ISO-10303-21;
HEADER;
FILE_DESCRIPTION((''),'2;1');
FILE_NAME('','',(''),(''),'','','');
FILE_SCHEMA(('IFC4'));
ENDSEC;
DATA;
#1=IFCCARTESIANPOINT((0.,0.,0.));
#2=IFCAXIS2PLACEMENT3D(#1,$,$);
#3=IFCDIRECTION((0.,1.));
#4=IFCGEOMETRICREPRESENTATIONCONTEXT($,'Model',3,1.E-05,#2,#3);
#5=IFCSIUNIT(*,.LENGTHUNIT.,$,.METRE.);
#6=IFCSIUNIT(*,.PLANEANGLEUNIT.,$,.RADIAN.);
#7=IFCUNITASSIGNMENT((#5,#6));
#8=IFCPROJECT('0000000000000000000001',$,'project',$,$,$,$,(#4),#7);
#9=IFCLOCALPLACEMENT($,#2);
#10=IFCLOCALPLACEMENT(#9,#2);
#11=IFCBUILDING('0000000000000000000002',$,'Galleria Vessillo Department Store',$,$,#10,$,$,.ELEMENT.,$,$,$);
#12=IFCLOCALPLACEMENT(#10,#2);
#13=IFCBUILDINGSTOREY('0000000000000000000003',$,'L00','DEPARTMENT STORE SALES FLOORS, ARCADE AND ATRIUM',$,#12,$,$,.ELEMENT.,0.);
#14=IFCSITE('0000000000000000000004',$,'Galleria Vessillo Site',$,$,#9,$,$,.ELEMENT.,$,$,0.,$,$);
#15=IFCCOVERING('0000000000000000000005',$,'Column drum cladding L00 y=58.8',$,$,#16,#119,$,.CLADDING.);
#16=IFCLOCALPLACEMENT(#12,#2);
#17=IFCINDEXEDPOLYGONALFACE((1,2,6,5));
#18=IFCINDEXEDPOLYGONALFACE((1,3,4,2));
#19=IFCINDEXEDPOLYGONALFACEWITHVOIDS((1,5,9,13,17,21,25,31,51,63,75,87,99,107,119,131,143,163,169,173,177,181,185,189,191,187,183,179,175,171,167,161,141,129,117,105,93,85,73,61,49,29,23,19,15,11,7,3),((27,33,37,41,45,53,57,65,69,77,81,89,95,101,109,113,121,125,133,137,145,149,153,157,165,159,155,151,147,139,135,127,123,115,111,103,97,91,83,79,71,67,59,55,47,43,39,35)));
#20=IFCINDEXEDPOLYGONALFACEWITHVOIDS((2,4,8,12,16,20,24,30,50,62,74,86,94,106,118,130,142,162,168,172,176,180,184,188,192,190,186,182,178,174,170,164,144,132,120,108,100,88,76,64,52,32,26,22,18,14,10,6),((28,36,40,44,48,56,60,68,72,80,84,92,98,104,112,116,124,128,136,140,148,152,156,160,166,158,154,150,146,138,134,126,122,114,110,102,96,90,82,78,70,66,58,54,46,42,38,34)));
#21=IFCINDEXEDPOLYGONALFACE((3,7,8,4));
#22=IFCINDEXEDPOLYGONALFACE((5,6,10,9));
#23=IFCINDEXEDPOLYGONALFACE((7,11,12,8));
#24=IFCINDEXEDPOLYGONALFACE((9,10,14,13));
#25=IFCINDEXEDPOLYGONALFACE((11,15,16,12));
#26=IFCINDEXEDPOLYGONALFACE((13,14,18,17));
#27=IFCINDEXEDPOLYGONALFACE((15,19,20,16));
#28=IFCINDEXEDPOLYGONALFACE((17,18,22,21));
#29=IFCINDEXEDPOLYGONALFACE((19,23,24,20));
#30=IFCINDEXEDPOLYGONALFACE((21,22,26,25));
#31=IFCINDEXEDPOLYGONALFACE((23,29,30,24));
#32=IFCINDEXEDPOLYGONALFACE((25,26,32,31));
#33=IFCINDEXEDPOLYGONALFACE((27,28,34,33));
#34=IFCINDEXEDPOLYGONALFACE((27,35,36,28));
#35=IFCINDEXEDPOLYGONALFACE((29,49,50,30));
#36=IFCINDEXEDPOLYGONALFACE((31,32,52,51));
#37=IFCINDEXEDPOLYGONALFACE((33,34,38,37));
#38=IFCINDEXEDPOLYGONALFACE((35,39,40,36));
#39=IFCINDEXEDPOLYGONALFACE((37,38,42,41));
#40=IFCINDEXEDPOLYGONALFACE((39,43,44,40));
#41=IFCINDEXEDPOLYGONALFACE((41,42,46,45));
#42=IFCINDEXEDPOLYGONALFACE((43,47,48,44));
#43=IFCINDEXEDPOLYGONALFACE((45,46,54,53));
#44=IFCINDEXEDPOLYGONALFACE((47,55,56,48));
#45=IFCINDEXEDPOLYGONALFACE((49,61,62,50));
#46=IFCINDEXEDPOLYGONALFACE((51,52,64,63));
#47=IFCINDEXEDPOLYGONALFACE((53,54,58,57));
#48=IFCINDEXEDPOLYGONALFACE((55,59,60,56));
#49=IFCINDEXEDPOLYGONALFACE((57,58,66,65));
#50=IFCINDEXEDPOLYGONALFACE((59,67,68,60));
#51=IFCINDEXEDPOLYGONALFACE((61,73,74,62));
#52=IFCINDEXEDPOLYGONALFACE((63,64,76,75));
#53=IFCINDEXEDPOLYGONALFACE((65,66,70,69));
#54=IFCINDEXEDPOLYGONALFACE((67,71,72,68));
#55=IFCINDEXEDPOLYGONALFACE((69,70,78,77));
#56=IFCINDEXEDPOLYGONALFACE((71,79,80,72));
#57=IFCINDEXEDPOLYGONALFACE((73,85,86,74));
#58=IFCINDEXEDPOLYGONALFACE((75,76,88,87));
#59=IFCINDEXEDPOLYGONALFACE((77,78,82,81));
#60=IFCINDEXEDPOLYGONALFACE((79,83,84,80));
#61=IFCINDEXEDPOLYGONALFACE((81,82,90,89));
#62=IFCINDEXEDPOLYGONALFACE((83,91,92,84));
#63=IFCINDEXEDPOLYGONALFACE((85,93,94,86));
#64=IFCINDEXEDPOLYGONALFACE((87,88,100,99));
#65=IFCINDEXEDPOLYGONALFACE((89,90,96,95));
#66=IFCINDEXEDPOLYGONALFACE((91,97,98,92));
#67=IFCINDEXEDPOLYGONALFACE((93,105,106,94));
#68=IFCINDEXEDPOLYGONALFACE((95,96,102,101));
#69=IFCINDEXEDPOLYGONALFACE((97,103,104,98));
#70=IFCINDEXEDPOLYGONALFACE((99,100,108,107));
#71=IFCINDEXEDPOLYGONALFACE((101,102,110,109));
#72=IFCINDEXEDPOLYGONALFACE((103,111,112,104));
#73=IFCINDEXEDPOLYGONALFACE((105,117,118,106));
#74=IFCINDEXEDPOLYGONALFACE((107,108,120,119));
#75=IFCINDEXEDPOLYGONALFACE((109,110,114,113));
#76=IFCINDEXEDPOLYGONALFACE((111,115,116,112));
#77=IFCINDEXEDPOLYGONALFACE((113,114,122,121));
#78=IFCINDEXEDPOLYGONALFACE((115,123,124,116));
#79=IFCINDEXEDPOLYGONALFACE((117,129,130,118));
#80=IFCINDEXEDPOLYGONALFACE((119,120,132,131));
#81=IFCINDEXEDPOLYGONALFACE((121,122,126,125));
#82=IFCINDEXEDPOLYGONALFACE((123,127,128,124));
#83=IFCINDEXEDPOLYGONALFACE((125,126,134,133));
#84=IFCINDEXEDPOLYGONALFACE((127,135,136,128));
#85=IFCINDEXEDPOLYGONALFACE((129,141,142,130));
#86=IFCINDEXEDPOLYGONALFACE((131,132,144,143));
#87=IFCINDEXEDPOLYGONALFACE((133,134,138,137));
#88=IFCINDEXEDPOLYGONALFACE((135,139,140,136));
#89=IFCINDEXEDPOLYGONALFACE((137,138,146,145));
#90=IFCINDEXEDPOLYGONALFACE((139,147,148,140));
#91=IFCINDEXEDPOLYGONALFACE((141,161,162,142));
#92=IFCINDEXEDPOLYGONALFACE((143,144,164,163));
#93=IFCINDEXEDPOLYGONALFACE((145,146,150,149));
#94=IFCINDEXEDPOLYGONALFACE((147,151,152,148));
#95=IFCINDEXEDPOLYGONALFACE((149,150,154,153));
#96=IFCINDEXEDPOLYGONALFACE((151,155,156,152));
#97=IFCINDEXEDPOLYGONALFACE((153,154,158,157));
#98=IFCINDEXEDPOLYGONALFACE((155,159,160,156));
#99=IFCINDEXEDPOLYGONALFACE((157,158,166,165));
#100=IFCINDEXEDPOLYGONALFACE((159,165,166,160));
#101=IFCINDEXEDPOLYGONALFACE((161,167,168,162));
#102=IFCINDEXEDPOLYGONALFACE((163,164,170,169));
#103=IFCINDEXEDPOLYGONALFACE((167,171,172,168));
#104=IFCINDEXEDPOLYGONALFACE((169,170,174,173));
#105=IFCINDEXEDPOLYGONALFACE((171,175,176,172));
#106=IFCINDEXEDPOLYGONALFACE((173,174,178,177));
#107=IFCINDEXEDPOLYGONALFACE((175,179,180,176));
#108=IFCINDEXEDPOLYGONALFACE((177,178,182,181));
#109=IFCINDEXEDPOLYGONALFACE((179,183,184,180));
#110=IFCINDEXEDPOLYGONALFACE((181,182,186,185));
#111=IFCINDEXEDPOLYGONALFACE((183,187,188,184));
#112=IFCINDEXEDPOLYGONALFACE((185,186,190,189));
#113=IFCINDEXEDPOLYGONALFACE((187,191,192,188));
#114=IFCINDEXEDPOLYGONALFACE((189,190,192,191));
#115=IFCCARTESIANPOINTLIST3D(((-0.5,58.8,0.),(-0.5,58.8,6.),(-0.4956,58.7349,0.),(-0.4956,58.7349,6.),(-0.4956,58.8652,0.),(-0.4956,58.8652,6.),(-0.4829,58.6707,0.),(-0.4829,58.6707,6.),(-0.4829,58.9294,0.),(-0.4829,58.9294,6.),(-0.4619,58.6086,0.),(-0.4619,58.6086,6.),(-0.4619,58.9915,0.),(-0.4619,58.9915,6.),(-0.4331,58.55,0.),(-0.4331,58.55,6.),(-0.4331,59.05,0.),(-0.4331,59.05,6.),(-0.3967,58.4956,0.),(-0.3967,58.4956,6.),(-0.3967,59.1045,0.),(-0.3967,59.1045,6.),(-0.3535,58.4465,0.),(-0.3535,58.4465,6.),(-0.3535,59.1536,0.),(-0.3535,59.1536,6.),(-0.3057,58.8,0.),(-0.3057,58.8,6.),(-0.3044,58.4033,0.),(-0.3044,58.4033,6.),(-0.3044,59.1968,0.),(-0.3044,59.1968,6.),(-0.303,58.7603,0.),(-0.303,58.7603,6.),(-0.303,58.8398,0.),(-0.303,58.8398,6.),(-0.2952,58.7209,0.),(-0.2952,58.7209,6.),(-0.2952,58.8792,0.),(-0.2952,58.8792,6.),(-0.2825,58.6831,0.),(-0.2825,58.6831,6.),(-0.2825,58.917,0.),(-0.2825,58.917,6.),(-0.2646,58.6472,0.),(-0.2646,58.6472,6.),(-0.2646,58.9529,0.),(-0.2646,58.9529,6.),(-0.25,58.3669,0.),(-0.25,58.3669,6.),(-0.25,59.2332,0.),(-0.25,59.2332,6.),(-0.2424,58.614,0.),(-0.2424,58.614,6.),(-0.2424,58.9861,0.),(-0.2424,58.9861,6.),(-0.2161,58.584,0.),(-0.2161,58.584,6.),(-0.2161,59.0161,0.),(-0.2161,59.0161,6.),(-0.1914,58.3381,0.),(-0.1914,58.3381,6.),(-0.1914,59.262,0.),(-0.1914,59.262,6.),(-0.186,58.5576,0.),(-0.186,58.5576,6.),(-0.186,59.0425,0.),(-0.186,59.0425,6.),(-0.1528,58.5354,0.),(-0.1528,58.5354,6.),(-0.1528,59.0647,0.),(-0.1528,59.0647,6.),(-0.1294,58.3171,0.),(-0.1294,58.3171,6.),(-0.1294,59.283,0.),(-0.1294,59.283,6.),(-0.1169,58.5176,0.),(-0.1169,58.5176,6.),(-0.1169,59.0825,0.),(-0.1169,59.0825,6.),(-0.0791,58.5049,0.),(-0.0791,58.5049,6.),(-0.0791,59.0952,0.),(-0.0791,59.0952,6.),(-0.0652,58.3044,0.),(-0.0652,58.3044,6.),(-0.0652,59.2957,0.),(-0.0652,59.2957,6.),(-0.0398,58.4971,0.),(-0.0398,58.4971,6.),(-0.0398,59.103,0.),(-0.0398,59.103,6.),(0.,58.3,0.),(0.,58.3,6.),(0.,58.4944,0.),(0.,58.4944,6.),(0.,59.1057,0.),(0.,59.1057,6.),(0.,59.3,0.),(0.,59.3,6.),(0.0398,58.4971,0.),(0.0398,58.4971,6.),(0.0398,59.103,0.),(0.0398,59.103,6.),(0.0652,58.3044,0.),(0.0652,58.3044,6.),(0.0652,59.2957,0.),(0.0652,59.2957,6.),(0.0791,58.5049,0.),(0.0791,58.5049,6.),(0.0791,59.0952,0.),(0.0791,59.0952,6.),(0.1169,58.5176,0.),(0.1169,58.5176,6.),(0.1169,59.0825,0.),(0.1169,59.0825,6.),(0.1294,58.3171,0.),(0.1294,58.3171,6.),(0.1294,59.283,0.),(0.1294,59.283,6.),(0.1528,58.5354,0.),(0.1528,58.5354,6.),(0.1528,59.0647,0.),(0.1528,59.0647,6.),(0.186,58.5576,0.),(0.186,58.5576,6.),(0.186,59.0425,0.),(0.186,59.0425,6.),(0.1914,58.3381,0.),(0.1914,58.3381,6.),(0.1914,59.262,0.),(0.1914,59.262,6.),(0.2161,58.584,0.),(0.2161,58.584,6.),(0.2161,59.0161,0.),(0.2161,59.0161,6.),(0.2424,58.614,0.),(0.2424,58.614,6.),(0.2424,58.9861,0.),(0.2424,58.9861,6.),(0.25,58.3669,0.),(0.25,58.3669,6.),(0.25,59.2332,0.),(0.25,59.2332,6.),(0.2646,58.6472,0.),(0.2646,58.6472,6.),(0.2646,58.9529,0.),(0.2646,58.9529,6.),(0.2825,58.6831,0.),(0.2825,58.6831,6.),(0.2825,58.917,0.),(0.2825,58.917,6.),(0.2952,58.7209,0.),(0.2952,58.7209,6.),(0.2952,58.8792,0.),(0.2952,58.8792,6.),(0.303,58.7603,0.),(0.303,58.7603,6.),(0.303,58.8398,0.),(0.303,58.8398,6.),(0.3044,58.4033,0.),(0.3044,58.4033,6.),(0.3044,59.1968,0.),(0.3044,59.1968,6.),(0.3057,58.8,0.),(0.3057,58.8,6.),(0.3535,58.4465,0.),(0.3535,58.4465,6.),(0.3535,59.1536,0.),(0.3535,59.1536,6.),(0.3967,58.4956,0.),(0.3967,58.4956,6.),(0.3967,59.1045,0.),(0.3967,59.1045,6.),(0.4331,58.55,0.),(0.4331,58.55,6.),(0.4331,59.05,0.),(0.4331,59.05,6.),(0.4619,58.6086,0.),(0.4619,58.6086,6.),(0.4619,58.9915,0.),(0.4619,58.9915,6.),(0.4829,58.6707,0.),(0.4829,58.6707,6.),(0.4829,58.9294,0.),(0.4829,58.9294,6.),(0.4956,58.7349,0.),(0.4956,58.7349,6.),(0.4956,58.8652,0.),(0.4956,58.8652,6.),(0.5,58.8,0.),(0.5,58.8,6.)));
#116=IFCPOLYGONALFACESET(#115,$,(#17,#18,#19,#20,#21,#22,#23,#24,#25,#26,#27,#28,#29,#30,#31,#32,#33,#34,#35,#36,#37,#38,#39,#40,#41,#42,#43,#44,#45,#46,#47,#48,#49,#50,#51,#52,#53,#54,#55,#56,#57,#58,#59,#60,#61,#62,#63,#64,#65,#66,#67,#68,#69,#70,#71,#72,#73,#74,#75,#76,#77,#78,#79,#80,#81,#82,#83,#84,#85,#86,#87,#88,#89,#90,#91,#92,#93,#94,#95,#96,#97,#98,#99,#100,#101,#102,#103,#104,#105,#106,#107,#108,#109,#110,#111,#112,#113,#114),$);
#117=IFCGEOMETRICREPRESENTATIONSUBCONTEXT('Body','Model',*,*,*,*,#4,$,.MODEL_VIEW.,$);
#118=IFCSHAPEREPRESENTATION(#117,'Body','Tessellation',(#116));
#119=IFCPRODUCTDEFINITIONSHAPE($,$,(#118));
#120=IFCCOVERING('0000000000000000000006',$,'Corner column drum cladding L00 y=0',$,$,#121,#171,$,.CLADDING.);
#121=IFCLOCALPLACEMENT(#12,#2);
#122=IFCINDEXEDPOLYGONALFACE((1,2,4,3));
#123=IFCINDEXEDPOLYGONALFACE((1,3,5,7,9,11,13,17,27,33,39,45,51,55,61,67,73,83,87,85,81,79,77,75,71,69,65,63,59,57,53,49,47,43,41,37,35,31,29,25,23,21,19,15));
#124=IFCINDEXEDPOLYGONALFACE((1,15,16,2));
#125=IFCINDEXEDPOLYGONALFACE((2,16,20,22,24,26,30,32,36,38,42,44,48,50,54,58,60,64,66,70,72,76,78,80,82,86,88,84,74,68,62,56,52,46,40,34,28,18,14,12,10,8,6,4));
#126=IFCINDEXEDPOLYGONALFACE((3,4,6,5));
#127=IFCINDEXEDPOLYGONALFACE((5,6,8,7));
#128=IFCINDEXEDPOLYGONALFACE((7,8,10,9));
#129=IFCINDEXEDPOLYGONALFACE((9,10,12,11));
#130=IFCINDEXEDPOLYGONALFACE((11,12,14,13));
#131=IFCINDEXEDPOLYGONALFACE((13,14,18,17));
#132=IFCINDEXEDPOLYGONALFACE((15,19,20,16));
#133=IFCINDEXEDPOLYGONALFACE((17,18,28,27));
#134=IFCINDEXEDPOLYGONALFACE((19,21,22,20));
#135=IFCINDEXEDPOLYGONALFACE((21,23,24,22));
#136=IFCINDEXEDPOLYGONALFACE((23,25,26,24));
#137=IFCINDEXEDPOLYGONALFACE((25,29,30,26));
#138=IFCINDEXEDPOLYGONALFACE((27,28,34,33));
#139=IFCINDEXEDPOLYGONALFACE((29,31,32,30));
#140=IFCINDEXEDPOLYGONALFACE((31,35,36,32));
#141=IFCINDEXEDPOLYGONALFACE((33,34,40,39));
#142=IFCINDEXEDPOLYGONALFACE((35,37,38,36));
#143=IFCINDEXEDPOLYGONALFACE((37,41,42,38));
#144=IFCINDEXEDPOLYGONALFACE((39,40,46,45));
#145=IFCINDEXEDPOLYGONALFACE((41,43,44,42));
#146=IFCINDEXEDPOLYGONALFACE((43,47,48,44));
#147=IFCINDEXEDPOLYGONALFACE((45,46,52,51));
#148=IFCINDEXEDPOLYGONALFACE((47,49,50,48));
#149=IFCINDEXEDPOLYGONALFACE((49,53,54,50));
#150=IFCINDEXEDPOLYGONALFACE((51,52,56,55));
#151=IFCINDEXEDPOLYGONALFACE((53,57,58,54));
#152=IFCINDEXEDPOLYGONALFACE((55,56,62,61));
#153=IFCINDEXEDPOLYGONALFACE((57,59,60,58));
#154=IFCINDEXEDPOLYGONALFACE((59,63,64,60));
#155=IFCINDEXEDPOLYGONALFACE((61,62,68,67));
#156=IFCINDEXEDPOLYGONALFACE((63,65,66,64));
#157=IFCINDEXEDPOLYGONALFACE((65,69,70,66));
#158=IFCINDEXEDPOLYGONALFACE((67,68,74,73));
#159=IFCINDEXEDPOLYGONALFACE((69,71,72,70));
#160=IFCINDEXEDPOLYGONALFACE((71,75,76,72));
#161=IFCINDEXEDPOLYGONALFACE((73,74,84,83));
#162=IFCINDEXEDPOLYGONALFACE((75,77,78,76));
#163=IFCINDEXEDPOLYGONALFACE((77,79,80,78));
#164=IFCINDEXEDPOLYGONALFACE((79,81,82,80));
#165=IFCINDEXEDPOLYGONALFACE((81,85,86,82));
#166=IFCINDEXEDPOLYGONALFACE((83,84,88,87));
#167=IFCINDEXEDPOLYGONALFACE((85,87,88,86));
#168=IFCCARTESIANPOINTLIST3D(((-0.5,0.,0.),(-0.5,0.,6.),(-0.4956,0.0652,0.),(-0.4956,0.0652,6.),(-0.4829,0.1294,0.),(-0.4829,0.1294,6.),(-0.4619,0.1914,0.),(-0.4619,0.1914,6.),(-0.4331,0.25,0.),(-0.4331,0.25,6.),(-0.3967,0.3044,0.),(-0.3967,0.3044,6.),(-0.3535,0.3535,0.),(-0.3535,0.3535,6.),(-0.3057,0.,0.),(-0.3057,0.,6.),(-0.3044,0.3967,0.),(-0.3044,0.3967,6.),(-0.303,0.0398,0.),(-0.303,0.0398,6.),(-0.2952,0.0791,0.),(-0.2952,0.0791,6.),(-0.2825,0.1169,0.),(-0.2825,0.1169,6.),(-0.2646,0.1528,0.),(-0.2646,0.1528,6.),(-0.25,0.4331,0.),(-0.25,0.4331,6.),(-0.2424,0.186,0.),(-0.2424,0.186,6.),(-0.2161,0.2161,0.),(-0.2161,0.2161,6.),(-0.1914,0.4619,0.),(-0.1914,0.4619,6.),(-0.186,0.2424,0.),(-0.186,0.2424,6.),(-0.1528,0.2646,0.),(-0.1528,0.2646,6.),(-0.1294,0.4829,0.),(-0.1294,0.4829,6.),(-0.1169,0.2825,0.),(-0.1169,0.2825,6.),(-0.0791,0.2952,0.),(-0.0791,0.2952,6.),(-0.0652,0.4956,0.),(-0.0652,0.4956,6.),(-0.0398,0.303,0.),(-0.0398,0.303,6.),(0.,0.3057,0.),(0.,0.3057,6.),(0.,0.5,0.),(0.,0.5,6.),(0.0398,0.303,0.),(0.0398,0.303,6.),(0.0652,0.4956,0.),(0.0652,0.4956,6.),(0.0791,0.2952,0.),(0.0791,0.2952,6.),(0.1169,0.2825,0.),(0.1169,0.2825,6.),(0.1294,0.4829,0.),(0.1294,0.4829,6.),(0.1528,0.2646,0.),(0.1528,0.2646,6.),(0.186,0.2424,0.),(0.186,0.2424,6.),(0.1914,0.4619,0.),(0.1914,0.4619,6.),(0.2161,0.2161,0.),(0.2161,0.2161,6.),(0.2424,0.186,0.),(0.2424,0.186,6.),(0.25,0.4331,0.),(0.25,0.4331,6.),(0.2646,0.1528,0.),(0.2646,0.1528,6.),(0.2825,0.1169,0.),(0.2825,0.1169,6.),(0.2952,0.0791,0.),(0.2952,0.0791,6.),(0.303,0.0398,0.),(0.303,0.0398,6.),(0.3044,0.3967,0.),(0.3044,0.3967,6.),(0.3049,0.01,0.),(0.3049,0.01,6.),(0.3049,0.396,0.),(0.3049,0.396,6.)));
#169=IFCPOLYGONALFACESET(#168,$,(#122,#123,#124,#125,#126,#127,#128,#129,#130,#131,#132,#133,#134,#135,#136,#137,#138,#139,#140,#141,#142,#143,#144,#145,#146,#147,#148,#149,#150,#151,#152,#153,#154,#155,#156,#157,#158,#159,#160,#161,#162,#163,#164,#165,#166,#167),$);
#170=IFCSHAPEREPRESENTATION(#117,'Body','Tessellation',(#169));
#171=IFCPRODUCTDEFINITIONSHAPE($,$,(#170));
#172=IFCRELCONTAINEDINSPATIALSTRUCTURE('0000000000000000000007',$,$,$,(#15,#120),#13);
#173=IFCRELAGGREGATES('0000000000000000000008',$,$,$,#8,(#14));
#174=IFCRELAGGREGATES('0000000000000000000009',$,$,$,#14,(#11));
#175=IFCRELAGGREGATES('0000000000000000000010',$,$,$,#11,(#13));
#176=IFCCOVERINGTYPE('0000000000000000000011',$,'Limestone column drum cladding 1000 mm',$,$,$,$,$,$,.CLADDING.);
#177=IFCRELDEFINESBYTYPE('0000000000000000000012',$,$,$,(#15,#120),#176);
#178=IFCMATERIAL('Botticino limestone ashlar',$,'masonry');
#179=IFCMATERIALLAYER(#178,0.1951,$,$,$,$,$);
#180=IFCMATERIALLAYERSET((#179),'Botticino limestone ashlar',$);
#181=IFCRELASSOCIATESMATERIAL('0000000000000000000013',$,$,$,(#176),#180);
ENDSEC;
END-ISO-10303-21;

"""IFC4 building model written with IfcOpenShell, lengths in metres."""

from ifc_helpers import new_model, si_unit, direction, origin, place, context, subcontext, project, spatial, polyline, outline, extrude, material, layer, layer_set, type_object, element, save


model = new_model("IFC4")

# Units and contexts
model_context = context("Model", 3, precision=1e-05, world=origin(), true_north=direction((0.0, 1.0)))
body_context = subcontext(model_context, "Body", "Model", "MODEL_VIEW")
ifc_project = project(units=[si_unit("LENGTHUNIT", "METRE"), si_unit("PLANEANGLEUNIT", "RADIAN")], contexts=[model_context])

# Site, building, storey
site_placement = place(None, origin())
site = spatial("IfcSite", under=ifc_project, at=site_placement, Name="Galleria Vessillo Site", CompositionType="ELEMENT", RefElevation=0.0)
building_placement = place(site_placement, origin())
building = spatial("IfcBuilding", under=site, at=building_placement, Name="Galleria Vessillo Department Store", CompositionType="ELEMENT")
storey_placement = place(building_placement, origin())
storey = spatial("IfcBuildingStorey", under=building, at=storey_placement, Name="L00", Description="DEPARTMENT STORE SALES FLOORS, ARCADE AND ATRIUM", CompositionType="ELEMENT", Elevation=0.0)

# Coverings
ifc_material_1 = material(Name="Botticino limestone ashlar", Category="masonry")
ifc_layer_1 = layer(ifc_material_1, 0.1951)
ifc_layer_set_1 = layer_set([ifc_layer_1], Name="Botticino limestone ashlar")
covering_type = type_object("IfcCoveringType", Name="Limestone column drum cladding 1000 mm", PredefinedType="CLADDING", material=ifc_layer_set_1)
covering_1_placement = place(storey_placement, origin())
element("IfcCovering", 1, at=covering_1_placement, inside=storey, type_object=covering_type, Name="Column drum cladding L00 y=58.8", PredefinedType="CLADDING", context=body_context, shape_type="SweptSolid", body=[
    extrude(outline(polyline([(0.5, 58.8), (0.4956, 58.8652), (0.4829, 58.9294), (0.4619, 58.9915), (0.4331, 59.05), (0.3967, 59.1045), (0.3535, 59.1536), (0.3044, 59.1968), (0.25, 59.2332), (0.1914, 59.262), (0.1294, 59.283), (0.0652, 59.2957), (0.0, 59.3), (-0.0652, 59.2957), (-0.1294, 59.283), (-0.1914, 59.262), (-0.25, 59.2332), (-0.3044, 59.1968), (-0.3535, 59.1536), (-0.3967, 59.1045), (-0.4331, 59.05), (-0.4619, 58.9915), (-0.4829, 58.9294), (-0.4956, 58.8652), (-0.5, 58.8), (-0.4956, 58.7349), (-0.4829, 58.6707), (-0.4619, 58.6086), (-0.4331, 58.55), (-0.3967, 58.4956), (-0.3535, 58.4465), (-0.3044, 58.4033), (-0.25, 58.3669), (-0.1914, 58.3381), (-0.1294, 58.3171), (-0.0652, 58.3044), (0.0, 58.3), (0.0652, 58.3044), (0.1294, 58.3171), (0.1914, 58.3381), (0.25, 58.3669), (0.3044, 58.4033), (0.3535, 58.4465), (0.3967, 58.4956), (0.4331, 58.55), (0.4619, 58.6086), (0.4829, 58.6707), (0.4956, 58.7349), (0.5, 58.8)]), holes=[polyline([(0.3057, 58.8), (0.303, 58.8398), (0.2952, 58.8792), (0.2825, 58.917), (0.2646, 58.9529), (0.2424, 58.9861), (0.2161, 59.0161), (0.186, 59.0425), (0.1528, 59.0647), (0.1169, 59.0825), (0.0791, 59.0952), (0.0398, 59.103), (0.0, 59.1057), (-0.0398, 59.103), (-0.0791, 59.0952), (-0.1169, 59.0825), (-0.1528, 59.0647), (-0.186, 59.0425), (-0.2161, 59.0161), (-0.2424, 58.9861), (-0.2646, 58.9529), (-0.2825, 58.917), (-0.2952, 58.8792), (-0.303, 58.8398), (-0.3057, 58.8), (-0.303, 58.7603), (-0.2952, 58.7209), (-0.2825, 58.6831), (-0.2646, 58.6472), (-0.2424, 58.614), (-0.2161, 58.584), (-0.186, 58.5576), (-0.1528, 58.5354), (-0.1169, 58.5176), (-0.0791, 58.5049), (-0.0398, 58.4971), (0.0, 58.4944), (0.0398, 58.4971), (0.0791, 58.5049), (0.1169, 58.5176), (0.1528, 58.5354), (0.186, 58.5576), (0.2161, 58.584), (0.2424, 58.614), (0.2646, 58.6472), (0.2825, 58.6831), (0.2952, 58.7209), (0.303, 58.7603), (0.3057, 58.8)])]), origin(), (0.0, 0.0, 1.0), 6.0),
])
covering_2_placement = place(storey_placement, origin())
element("IfcCovering", 2, at=covering_2_placement, inside=storey, type_object=covering_type, Name="Corner column drum cladding L00 y=0", PredefinedType="CLADDING", context=body_context, shape_type="SweptSolid", body=[
    extrude(outline(polyline([(-0.4956, 0.0652), (-0.4829, 0.1294), (-0.4619, 0.1914), (-0.4331, 0.25), (-0.3967, 0.3044), (-0.3535, 0.3535), (-0.3044, 0.3967), (-0.25, 0.4331), (-0.1914, 0.4619), (-0.1294, 0.4829), (-0.0652, 0.4956), (0.0, 0.5), (0.0652, 0.4956), (0.1294, 0.4829), (0.1914, 0.4619), (0.25, 0.4331), (0.3044, 0.3967), (0.3049, 0.396), (0.3049, 0.01), (0.303, 0.0398), (0.2952, 0.0791), (0.2825, 0.1169), (0.2646, 0.1528), (0.2424, 0.186), (0.2161, 0.2161), (0.186, 0.2424), (0.1528, 0.2646), (0.1169, 0.2825), (0.0791, 0.2952), (0.0398, 0.303), (0.0, 0.3057), (-0.0398, 0.303), (-0.0791, 0.2952), (-0.1169, 0.2825), (-0.1528, 0.2646), (-0.186, 0.2424), (-0.2161, 0.2161), (-0.2424, 0.186), (-0.2646, 0.1528), (-0.2825, 0.1169), (-0.2952, 0.0791), (-0.303, 0.0398), (-0.3057, 0.0), (-0.3057, 0.0), (-0.5, 0.0), (-0.5, 0.0), (-0.4956, 0.0652)])), origin(), (0.0, 0.0, 1.0), 6.0),
])

save(model, "model.ifc")
